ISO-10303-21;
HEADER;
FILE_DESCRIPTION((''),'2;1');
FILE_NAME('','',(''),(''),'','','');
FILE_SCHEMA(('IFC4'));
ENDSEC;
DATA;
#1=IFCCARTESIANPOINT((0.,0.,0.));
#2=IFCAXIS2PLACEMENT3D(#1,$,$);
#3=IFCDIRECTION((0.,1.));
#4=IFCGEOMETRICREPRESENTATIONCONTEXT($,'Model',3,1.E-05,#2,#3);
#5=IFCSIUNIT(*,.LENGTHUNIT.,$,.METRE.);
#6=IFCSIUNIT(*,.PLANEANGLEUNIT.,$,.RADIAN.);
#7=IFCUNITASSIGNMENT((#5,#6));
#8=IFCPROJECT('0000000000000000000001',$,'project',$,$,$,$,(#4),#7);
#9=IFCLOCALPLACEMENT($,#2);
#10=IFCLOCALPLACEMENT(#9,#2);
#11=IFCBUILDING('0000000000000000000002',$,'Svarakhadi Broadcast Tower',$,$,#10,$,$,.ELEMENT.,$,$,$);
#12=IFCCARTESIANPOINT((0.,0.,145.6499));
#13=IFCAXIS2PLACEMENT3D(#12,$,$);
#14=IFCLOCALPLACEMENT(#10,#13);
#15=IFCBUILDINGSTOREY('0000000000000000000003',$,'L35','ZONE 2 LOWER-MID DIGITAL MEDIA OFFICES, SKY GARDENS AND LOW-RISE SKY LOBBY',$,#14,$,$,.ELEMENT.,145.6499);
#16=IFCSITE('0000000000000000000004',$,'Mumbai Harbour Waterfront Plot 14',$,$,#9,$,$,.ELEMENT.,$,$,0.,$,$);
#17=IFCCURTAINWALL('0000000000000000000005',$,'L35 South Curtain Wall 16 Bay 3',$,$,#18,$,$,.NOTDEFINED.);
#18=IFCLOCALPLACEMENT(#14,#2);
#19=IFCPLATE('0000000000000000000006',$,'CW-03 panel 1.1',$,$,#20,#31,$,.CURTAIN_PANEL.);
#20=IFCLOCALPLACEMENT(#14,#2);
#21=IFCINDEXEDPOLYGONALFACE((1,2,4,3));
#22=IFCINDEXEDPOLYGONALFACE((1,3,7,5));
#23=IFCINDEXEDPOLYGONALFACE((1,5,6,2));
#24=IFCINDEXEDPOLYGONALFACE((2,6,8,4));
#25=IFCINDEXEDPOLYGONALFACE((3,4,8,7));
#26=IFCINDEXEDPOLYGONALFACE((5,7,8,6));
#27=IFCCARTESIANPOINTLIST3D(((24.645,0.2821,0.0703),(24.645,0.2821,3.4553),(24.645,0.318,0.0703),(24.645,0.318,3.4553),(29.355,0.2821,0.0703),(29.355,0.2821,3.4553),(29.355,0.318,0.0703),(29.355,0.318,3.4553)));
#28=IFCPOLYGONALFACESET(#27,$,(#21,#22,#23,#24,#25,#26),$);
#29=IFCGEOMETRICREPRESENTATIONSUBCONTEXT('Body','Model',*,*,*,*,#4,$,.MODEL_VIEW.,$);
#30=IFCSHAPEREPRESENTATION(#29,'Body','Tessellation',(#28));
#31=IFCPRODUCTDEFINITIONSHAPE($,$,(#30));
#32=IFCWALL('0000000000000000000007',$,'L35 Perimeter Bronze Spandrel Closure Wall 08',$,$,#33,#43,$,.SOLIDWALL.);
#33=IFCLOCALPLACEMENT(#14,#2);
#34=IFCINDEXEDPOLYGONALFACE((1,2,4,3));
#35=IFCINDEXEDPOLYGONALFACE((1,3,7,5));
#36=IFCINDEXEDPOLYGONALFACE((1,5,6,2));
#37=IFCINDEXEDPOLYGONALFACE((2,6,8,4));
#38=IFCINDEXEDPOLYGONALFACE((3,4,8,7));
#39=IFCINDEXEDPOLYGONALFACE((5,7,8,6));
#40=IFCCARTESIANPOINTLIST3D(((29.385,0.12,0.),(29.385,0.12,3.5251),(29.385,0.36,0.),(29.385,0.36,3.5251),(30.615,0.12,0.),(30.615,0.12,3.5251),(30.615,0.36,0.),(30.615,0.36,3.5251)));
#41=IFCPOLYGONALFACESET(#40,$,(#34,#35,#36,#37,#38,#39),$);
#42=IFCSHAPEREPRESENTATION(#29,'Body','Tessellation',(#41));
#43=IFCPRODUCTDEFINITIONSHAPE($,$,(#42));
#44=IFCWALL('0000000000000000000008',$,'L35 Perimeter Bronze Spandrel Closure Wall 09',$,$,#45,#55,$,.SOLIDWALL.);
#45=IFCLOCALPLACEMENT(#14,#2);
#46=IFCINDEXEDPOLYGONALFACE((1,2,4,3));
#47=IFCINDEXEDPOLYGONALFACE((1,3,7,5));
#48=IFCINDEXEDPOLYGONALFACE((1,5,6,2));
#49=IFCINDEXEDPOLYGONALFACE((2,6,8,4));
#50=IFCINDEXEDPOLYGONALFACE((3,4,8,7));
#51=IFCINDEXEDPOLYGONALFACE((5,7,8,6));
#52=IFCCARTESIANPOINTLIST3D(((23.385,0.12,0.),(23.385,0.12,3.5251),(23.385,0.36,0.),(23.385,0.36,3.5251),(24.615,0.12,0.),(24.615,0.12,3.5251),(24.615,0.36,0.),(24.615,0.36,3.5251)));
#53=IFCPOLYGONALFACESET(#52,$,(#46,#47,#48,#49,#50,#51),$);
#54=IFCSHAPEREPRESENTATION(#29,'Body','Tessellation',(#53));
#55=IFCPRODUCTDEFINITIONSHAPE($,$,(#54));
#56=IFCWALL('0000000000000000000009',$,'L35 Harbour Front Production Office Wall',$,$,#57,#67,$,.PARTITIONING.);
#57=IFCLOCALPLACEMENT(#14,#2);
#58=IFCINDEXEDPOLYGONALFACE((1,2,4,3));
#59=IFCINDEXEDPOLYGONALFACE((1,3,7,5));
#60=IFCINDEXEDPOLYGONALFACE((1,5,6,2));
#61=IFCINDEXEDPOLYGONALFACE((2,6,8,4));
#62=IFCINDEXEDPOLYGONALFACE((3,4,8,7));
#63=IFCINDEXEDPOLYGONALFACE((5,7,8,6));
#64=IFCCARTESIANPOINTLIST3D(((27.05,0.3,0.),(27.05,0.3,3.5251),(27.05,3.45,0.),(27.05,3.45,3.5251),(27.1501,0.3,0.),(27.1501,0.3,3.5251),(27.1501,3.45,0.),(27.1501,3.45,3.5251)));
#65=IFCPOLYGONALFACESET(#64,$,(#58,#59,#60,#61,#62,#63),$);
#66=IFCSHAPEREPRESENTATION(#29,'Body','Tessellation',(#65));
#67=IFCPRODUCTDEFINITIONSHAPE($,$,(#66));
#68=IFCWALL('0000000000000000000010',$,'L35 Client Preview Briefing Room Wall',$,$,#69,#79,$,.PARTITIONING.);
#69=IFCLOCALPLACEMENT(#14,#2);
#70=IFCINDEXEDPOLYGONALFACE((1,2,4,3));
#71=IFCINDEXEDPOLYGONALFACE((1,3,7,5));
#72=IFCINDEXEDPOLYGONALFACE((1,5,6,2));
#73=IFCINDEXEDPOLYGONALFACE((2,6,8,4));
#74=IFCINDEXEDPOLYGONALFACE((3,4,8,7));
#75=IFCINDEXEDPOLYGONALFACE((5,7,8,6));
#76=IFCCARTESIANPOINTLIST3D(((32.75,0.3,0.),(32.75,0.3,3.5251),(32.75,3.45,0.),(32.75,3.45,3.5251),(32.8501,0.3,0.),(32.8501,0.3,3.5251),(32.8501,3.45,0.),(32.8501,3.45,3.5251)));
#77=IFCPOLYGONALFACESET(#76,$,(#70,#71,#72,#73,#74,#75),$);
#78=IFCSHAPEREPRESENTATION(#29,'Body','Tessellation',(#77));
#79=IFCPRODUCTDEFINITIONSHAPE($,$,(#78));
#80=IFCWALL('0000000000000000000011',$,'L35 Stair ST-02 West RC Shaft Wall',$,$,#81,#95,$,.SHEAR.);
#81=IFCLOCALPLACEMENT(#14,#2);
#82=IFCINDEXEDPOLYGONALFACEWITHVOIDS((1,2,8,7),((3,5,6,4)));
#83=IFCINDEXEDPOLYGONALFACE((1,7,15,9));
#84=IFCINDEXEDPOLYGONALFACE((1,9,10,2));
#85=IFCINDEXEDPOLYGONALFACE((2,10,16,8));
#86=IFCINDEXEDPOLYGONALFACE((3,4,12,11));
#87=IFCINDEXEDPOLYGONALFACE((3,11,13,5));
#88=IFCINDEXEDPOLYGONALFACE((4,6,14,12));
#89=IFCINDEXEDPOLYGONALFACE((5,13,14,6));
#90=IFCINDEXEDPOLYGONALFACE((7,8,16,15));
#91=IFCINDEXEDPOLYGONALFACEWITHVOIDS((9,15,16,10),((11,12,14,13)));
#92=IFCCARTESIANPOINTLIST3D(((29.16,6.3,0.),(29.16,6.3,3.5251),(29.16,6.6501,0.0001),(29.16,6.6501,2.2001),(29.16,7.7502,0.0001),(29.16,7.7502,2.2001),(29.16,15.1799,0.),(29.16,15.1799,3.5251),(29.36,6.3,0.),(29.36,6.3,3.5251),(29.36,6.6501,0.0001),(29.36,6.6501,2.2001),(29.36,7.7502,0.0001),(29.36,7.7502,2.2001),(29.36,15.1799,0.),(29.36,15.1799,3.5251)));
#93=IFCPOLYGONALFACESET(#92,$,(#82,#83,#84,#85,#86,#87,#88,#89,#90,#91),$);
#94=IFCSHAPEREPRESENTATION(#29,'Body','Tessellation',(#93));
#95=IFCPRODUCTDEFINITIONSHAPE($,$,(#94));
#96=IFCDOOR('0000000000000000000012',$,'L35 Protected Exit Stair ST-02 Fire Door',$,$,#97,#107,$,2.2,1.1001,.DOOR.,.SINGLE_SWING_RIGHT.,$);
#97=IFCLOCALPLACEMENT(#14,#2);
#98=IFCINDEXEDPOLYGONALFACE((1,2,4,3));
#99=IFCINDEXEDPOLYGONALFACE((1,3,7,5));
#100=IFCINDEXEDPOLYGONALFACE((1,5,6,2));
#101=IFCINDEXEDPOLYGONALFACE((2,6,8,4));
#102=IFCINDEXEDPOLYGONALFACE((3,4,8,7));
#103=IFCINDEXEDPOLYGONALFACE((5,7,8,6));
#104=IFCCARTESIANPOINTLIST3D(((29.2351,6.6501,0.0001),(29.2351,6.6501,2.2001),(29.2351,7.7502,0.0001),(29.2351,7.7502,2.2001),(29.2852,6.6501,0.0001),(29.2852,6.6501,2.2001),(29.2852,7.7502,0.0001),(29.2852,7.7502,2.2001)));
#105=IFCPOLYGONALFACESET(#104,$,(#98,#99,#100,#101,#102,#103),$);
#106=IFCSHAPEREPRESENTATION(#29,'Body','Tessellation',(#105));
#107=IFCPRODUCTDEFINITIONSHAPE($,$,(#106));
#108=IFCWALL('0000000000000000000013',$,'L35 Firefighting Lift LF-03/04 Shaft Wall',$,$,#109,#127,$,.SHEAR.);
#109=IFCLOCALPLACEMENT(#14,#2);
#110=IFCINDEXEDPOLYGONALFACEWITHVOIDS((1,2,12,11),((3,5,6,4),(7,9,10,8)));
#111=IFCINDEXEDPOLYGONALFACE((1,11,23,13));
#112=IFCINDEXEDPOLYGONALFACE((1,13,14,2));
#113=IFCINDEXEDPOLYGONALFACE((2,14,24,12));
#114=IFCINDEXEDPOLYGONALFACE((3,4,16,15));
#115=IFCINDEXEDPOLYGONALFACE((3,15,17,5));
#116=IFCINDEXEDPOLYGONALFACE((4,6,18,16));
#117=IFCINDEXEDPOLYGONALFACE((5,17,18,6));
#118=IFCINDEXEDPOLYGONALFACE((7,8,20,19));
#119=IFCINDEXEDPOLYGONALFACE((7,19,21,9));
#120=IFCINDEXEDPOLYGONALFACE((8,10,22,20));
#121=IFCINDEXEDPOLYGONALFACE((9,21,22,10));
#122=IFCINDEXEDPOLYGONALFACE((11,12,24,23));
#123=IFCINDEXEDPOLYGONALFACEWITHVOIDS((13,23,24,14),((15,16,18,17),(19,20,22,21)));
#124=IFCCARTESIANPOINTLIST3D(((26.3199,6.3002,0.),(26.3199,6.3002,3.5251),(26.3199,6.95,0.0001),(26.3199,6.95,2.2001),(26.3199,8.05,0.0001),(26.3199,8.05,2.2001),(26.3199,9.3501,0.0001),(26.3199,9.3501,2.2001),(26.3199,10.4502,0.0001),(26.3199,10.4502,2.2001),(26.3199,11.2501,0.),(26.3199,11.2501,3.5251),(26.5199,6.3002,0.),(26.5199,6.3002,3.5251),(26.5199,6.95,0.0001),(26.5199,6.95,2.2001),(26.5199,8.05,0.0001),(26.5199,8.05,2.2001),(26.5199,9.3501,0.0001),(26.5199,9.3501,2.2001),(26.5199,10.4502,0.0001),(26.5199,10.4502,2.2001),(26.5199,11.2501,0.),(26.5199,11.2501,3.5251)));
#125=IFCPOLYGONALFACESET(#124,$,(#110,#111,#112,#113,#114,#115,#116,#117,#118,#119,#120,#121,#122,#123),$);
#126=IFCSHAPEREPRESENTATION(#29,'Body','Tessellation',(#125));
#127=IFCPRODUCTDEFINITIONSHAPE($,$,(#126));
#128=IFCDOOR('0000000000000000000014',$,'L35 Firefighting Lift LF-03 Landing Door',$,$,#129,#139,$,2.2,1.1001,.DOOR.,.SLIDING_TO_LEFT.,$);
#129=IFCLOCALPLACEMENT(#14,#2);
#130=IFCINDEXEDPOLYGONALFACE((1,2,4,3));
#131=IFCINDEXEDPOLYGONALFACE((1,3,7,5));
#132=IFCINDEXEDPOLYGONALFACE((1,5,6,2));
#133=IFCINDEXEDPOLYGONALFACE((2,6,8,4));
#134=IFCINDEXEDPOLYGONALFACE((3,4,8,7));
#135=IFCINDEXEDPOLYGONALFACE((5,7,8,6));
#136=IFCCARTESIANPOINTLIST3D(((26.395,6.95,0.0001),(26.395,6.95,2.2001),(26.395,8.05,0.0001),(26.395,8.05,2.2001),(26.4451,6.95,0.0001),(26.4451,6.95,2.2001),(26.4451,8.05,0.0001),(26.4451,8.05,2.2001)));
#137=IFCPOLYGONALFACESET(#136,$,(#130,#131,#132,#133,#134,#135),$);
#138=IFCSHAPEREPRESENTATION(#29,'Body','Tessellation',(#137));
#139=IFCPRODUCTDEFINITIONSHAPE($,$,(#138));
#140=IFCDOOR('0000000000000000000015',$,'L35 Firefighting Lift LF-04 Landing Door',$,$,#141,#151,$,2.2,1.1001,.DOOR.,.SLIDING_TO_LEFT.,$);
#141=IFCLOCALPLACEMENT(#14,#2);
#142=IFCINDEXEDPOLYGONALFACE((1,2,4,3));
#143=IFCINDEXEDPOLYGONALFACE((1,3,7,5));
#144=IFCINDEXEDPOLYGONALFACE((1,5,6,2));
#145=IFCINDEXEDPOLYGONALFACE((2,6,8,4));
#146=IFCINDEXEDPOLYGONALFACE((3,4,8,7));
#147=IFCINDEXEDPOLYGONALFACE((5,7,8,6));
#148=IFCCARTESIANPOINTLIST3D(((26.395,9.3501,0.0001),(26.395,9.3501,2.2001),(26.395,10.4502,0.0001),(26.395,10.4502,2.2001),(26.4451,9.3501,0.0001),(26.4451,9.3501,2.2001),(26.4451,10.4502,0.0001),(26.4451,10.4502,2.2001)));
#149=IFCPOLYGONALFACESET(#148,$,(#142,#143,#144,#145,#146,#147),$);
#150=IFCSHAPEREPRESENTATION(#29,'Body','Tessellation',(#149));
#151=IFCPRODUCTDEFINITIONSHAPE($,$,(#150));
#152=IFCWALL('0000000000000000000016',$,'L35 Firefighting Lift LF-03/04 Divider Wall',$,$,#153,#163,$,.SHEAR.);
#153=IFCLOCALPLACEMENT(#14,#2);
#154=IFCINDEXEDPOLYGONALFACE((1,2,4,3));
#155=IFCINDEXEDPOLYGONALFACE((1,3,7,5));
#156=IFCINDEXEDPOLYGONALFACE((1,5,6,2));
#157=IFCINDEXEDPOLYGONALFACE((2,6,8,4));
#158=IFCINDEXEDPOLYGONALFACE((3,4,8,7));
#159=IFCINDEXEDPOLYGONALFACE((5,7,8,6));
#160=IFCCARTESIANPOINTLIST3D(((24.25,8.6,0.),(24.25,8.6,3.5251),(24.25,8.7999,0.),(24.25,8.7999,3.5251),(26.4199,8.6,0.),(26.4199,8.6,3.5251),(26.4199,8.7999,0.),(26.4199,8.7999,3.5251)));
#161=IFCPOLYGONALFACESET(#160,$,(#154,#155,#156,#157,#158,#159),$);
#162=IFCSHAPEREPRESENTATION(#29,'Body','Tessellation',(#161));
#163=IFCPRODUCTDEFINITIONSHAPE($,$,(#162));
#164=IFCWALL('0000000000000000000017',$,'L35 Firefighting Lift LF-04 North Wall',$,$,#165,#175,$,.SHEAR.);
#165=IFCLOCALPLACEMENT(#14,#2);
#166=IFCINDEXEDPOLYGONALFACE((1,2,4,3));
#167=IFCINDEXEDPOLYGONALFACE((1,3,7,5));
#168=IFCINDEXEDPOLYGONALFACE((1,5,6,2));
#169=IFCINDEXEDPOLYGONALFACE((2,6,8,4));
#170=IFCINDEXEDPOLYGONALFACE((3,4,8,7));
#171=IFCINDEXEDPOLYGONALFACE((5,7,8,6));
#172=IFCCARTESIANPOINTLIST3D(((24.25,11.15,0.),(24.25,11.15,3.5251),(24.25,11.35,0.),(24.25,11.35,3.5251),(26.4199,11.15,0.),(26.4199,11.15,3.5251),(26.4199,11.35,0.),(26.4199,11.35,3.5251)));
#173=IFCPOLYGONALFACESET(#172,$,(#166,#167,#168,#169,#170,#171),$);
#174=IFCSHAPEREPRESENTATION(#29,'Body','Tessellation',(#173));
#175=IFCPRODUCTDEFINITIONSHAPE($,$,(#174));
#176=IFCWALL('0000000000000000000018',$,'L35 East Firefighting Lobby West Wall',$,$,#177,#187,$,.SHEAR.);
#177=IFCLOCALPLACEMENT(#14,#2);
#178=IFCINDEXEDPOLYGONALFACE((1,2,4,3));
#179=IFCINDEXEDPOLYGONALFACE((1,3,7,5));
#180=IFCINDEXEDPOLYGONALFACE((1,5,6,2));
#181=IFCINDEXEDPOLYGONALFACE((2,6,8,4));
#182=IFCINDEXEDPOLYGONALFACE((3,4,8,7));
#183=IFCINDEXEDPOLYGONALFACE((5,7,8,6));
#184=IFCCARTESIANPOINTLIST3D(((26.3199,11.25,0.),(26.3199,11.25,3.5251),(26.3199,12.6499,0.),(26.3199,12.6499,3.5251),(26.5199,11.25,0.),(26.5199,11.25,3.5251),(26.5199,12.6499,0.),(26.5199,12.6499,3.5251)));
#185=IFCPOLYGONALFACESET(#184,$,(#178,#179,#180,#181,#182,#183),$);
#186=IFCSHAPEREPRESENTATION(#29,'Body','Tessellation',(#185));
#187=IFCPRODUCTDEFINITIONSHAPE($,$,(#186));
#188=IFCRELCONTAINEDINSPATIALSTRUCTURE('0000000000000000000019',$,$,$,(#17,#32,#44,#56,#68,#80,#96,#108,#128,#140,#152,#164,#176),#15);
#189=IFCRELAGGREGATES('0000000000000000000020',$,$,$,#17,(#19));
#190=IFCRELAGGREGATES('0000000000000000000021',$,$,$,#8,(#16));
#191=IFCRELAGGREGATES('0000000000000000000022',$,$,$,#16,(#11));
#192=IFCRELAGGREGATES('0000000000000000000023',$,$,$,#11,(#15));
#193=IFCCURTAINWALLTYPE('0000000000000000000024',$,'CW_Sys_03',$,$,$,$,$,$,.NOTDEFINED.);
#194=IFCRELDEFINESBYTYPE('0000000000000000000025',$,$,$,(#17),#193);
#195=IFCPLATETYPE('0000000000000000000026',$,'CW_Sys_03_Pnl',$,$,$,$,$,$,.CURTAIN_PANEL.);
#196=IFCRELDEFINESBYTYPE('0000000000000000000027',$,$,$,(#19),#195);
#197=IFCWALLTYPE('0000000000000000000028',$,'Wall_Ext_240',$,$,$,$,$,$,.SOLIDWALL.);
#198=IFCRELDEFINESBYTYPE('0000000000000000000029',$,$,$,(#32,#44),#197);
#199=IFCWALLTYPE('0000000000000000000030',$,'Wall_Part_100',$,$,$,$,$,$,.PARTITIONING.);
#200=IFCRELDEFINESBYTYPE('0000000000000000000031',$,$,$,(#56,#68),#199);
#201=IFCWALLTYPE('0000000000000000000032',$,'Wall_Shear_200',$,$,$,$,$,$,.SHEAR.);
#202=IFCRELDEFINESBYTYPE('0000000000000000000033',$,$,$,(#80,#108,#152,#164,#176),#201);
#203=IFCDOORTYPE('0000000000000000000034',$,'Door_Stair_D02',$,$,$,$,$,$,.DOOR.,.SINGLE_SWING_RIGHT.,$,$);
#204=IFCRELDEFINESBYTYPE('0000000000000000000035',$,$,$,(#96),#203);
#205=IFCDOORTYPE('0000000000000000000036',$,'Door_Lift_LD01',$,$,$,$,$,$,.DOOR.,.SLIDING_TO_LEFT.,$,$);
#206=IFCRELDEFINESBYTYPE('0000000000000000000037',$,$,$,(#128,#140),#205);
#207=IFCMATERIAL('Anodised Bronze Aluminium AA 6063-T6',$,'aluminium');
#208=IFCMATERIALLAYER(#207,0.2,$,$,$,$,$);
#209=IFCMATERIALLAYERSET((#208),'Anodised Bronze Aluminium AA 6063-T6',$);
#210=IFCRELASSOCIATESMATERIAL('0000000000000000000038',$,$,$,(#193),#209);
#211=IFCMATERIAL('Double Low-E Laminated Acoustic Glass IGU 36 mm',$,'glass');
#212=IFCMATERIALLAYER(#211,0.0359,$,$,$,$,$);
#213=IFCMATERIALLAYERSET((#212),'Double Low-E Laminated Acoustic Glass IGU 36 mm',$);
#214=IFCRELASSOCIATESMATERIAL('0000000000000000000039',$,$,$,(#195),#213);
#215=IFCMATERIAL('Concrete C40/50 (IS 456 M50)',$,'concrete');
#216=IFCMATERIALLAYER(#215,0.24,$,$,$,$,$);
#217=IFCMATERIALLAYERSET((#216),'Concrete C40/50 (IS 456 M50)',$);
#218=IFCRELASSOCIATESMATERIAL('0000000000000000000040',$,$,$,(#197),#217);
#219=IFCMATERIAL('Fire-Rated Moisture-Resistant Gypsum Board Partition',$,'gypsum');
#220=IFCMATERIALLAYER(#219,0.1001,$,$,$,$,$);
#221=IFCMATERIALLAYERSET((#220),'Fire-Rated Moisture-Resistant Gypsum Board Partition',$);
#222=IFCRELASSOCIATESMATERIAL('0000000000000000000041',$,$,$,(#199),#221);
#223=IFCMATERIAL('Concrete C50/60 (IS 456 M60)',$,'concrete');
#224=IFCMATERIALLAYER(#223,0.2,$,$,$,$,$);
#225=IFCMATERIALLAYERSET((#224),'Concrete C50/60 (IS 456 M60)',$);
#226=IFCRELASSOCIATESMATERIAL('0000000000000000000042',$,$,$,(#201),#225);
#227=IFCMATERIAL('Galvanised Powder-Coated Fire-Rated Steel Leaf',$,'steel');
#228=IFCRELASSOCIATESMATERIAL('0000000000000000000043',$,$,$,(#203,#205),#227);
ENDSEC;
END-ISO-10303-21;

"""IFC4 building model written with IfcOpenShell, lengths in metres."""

from ifc_helpers import new_model, si_unit, direction, frame, frame_2d, origin, origin_2d, place, context, subcontext, project, spatial, rectangle, extrude, material, layer, layer_set, type_object, element, fill, aggregate, save


model = new_model("IFC4")

# Units and contexts
model_context = context("Model", 3, precision=1e-05, world=origin(), true_north=direction((0.0, 1.0)))
body_context = subcontext(model_context, "Body", "Model", "MODEL_VIEW")
ifc_project = project(units=[si_unit("LENGTHUNIT", "METRE"), si_unit("PLANEANGLEUNIT", "RADIAN")], contexts=[model_context])

# Site, building, storey
site_placement = place(None, origin())
site = spatial("IfcSite", under=ifc_project, at=site_placement, Name="Mumbai Harbour Waterfront Plot 14", CompositionType="ELEMENT", RefElevation=0.0)
building_placement = place(site_placement, origin())
building = spatial("IfcBuilding", under=site, at=building_placement, Name="Svarakhadi Broadcast Tower", CompositionType="ELEMENT")
storey_placement = place(building_placement, frame((0.0, 0.0, 145.6499)))
storey = spatial("IfcBuildingStorey", under=building, at=storey_placement, Name="L35", Description="ZONE 2 LOWER-MID DIGITAL MEDIA OFFICES, SKY GARDENS AND LOW-RISE SKY LOBBY", CompositionType="ELEMENT", Elevation=145.6499)

# Shared definitions
ifc_material_1 = material(Name="Concrete C50/60 (IS 456 M60)", Category="concrete")

# Shared definitions
ifc_material_2 = material(Name="Anodised Bronze Aluminium AA 6063-T6", Category="aluminium")
ifc_layer_1 = layer(ifc_material_2, 0.2)
ifc_layer_set_1 = layer_set([ifc_layer_1], Name="Anodised Bronze Aluminium AA 6063-T6")
curtain_wall_type = type_object("IfcCurtainWallType", Name="CW_Sys_03", PredefinedType="NOTDEFINED", material=ifc_layer_set_1)

# Curtain wall
curtain_wall_1_placement = place(storey_placement, origin())
curtain_wall_1 = element("IfcCurtainWall", 1, at=curtain_wall_1_placement, inside=storey, type_object=curtain_wall_type, Name="L35 South Curtain Wall 16 Bay 3", PredefinedType="NOTDEFINED")

# Plate
ifc_material_3 = material(Name="Double Low-E Laminated Acoustic Glass IGU 36 mm", Category="glass")
ifc_layer_2 = layer(ifc_material_3, 0.0359)
ifc_layer_set_2 = layer_set([ifc_layer_2], Name="Double Low-E Laminated Acoustic Glass IGU 36 mm")
plate_type = type_object("IfcPlateType", Name="CW_Sys_03_Pnl", PredefinedType="CURTAIN_PANEL", material=ifc_layer_set_2)
plate_1_placement = place(storey_placement, frame((27.0, 0.3, 0.0703), z_axis=(0.0, 0.0, 1.0), x_axis=(-1.0, 0.0, 0.0)))
plate_1 = element("IfcPlate", 2, at=plate_1_placement, type_object=plate_type, Name="CW-03 panel 1.1", PredefinedType="CURTAIN_PANEL", context=body_context, shape_type="SweptSolid", body=[
    extrude(rectangle(XDim=4.71, YDim=0.0359, at=origin_2d()), origin(), (0.0, 0.0, 1.0), 3.385),
])
aggregate(curtain_wall_1, [plate_1])

# Walls
ifc_material_4 = material(Name="Concrete C40/50 (IS 456 M50)", Category="concrete")
ifc_layer_3 = layer(ifc_material_4, 0.24)
ifc_layer_set_3 = layer_set([ifc_layer_3], Name="Concrete C40/50 (IS 456 M50)")
wall_type_1 = type_object("IfcWallType", Name="Wall_Ext_240", PredefinedType="SOLIDWALL", material=ifc_layer_set_3)
for number, where, z_axis, x_axis, name in (
    (3, (30.615, 0.24, 0.0), (0.0, 0.0, 1.0), (-1.0, 0.0, 0.0), "L35 Perimeter Bronze Spandrel Closure Wall 08"),
    (4, (24.615, 0.24, 0.0), (0.0, 0.0, 1.0), (-1.0, 0.0, 0.0), "L35 Perimeter Bronze Spandrel Closure Wall 09"),
):
    element("IfcWall", number, at=place(storey_placement, frame(where, z_axis=z_axis, x_axis=x_axis)), inside=storey, type_object=wall_type_1, Name=name, PredefinedType="SOLIDWALL", context=body_context, shape_type="SweptSolid", body=[
        extrude(rectangle(XDim=1.23, YDim=0.24, at=frame_2d((0.615, 0.0))), origin(), (0.0, 0.0, 1.0), 3.5251),
    ])
ifc_material_5 = material(Name="Fire-Rated Moisture-Resistant Gypsum Board Partition", Category="gypsum")
ifc_layer_4 = layer(ifc_material_5, 0.1001)
ifc_layer_set_4 = layer_set([ifc_layer_4], Name="Fire-Rated Moisture-Resistant Gypsum Board Partition")
wall_type_2 = type_object("IfcWallType", Name="Wall_Part_100", PredefinedType="PARTITIONING", material=ifc_layer_set_4)
for number, where, z_axis, x_axis, name in (
    (5, (27.1001, 0.3, 0.0), (0.0, 0.0, 1.0), (0.0, 1.0, 0.0), "L35 Harbour Front Production Office Wall"),
    (6, (32.8, 0.3, 0.0), (0.0, 0.0, 1.0), (0.0, 1.0, 0.0), "L35 Client Preview Briefing Room Wall"),
):
    element("IfcWall", number, at=place(storey_placement, frame(where, z_axis=z_axis, x_axis=x_axis)), inside=storey, type_object=wall_type_2, Name=name, PredefinedType="PARTITIONING", context=body_context, shape_type="SweptSolid", body=[
        extrude(rectangle(XDim=3.1499, YDim=0.1001, at=frame_2d((1.575, 0.0))), origin(), (0.0, 0.0, 1.0), 3.5251),
    ])

# Wall, opening, door
ifc_layer_5 = layer(ifc_material_1, 0.2)
ifc_layer_set_5 = layer_set([ifc_layer_5], Name="Concrete C50/60 (IS 456 M60)")
wall_type_3 = type_object("IfcWallType", Name="Wall_Shear_200", PredefinedType="SHEAR", material=ifc_layer_set_5)
wall_1_placement = place(storey_placement, frame((29.26, 6.3, 0.0), z_axis=(0.0, 0.0, 1.0), x_axis=(0.0, 1.0, 0.0)))
wall_1 = element("IfcWall", 7, at=wall_1_placement, inside=storey, type_object=wall_type_3, Name="L35 Stair ST-02 West RC Shaft Wall", PredefinedType="SHEAR", context=body_context, shape_type="SweptSolid", body=[
    extrude(rectangle(XDim=8.8799, YDim=0.2, at=frame_2d((4.4399, 0.0))), origin(), (0.0, 0.0, 1.0), 3.5251),
])
opening_1_placement = place(wall_1_placement, frame((0.3501, 0.0, 0.0)))
opening_1 = element("IfcOpeningElement", 8, at=opening_1_placement, cuts=wall_1, PredefinedType="OPENING", context=body_context, shape_type="SweptSolid", body=[
    extrude(rectangle(XDim=1.1001, YDim=2.2, at=frame_2d((0.55, 1.1001))), frame((0.0, 0.1099, 0.0), z_axis=(0.0, -1.0, 0.0), x_axis=(1.0, 0.0, 0.0)), (0.0, 0.0, 1.0), 0.22),
])
ifc_material_6 = material(Name="Galvanised Powder-Coated Fire-Rated Steel Leaf", Category="steel")
door_type_1 = type_object("IfcDoorType", Name="Door_Stair_D02", OperationType="SINGLE_SWING_RIGHT", PredefinedType="DOOR", material=ifc_material_6)
door_1_placement = place(opening_1_placement, origin())
door_1 = element("IfcDoor", 9, at=door_1_placement, inside=storey, type_object=door_type_1, Name="L35 Protected Exit Stair ST-02 Fire Door", OperationType="SINGLE_SWING_RIGHT", OverallHeight=2.2, OverallWidth=1.1001, PredefinedType="DOOR", context=body_context, shape_type="SweptSolid", body=[
    extrude(rectangle(XDim=1.1001, YDim=2.2, at=frame_2d((0.55, 1.1001))), frame((0.0, 0.0249, 0.0), z_axis=(0.0, -1.0, 0.0), x_axis=(1.0, 0.0, 0.0)), (0.0, 0.0, 1.0), 0.05),
])
fill(opening_1, door_1)

# Wall, openings, doors
wall_2_placement = place(storey_placement, frame((26.4199, 6.3, 0.0), z_axis=(0.0, 0.0, 1.0), x_axis=(0.0, 1.0, 0.0)))
wall_2 = element("IfcWall", 10, at=wall_2_placement, inside=storey, type_object=wall_type_3, Name="L35 Firefighting Lift LF-03/04 Shaft Wall", PredefinedType="SHEAR", context=body_context, shape_type="SweptSolid", body=[
    extrude(rectangle(XDim=4.95, YDim=0.2, at=frame_2d((2.4751, 0.0))), origin(), (0.0, 0.0, 1.0), 3.5251),
])
opening_2_placement = place(wall_2_placement, frame((0.6499, 0.0, 0.0)))
opening_2 = element("IfcOpeningElement", 11, at=opening_2_placement, cuts=wall_2, PredefinedType="OPENING", context=body_context, shape_type="SweptSolid", body=[
    extrude(rectangle(XDim=1.1001, YDim=2.2, at=frame_2d((0.55, 1.1001))), frame((0.0, 0.1099, 0.0), z_axis=(0.0, -1.0, 0.0), x_axis=(1.0, 0.0, 0.0)), (0.0, 0.0, 1.0), 0.22),
])
opening_3_placement = place(wall_2_placement, frame((3.05, 0.0, 0.0)))
opening_3 = element("IfcOpeningElement", 12, at=opening_3_placement, cuts=wall_2, PredefinedType="OPENING", context=body_context, shape_type="SweptSolid", body=[
    extrude(rectangle(XDim=1.1001, YDim=2.2, at=frame_2d((0.55, 1.1001))), frame((0.0, 0.1099, 0.0), z_axis=(0.0, -1.0, 0.0), x_axis=(1.0, 0.0, 0.0)), (0.0, 0.0, 1.0), 0.22),
])
door_type_2 = type_object("IfcDoorType", Name="Door_Lift_LD01", OperationType="SLIDING_TO_LEFT", PredefinedType="DOOR", material=ifc_material_6)
door_2_placement = place(opening_2_placement, origin())
door_2 = element("IfcDoor", 13, at=door_2_placement, inside=storey, type_object=door_type_2, Name="L35 Firefighting Lift LF-03 Landing Door", OperationType="SLIDING_TO_LEFT", OverallHeight=2.2, OverallWidth=1.1001, PredefinedType="DOOR", context=body_context, shape_type="SweptSolid", body=[
    extrude(rectangle(XDim=1.1001, YDim=2.2, at=frame_2d((0.55, 1.1001))), frame((0.0, 0.0249, 0.0), z_axis=(0.0, -1.0, 0.0), x_axis=(1.0, 0.0, 0.0)), (0.0, 0.0, 1.0), 0.05),
])
fill(opening_2, door_2)
door_3_placement = place(opening_3_placement, origin())
door_3 = element("IfcDoor", 14, at=door_3_placement, inside=storey, type_object=door_type_2, Name="L35 Firefighting Lift LF-04 Landing Door", OperationType="SLIDING_TO_LEFT", OverallHeight=2.2, OverallWidth=1.1001, PredefinedType="DOOR", context=body_context, shape_type="SweptSolid", body=[
    extrude(rectangle(XDim=1.1001, YDim=2.2, at=frame_2d((0.55, 1.1001))), frame((0.0, 0.0249, 0.0), z_axis=(0.0, -1.0, 0.0), x_axis=(1.0, 0.0, 0.0)), (0.0, 0.0, 1.0), 0.05),
])
fill(opening_3, door_3)

# Walls
for number, where, z_axis, x_axis, name in (
    (15, (24.25, 8.7, 0.0), (0.0, 0.0, 1.0), (1.0, 0.0, 0.0), "L35 Firefighting Lift LF-03/04 Divider Wall"),
    (16, (24.25, 11.25, 0.0), (0.0, 0.0, 1.0), (1.0, 0.0, 0.0), "L35 Firefighting Lift LF-04 North Wall"),
):
    element("IfcWall", number, at=place(storey_placement, frame(where, z_axis=z_axis, x_axis=x_axis)), inside=storey, type_object=wall_type_3, Name=name, PredefinedType="SHEAR", context=body_context, shape_type="SweptSolid", body=[
        extrude(rectangle(XDim=2.1699, YDim=0.2, at=frame_2d((1.085, 0.0))), origin(), (0.0, 0.0, 1.0), 3.5251),
    ])
wall_3_placement = place(storey_placement, frame((26.4199, 11.25, 0.0), z_axis=(0.0, 0.0, 1.0), x_axis=(0.0, 1.0, 0.0)))
element("IfcWall", 17, at=wall_3_placement, inside=storey, type_object=wall_type_3, Name="L35 East Firefighting Lobby West Wall", PredefinedType="SHEAR", context=body_context, shape_type="SweptSolid", body=[
    extrude(rectangle(XDim=1.3999, YDim=0.2, at=frame_2d((0.7, 0.0))), origin(), (0.0, 0.0, 1.0), 3.5251),
])

save(model, "model.ifc")
